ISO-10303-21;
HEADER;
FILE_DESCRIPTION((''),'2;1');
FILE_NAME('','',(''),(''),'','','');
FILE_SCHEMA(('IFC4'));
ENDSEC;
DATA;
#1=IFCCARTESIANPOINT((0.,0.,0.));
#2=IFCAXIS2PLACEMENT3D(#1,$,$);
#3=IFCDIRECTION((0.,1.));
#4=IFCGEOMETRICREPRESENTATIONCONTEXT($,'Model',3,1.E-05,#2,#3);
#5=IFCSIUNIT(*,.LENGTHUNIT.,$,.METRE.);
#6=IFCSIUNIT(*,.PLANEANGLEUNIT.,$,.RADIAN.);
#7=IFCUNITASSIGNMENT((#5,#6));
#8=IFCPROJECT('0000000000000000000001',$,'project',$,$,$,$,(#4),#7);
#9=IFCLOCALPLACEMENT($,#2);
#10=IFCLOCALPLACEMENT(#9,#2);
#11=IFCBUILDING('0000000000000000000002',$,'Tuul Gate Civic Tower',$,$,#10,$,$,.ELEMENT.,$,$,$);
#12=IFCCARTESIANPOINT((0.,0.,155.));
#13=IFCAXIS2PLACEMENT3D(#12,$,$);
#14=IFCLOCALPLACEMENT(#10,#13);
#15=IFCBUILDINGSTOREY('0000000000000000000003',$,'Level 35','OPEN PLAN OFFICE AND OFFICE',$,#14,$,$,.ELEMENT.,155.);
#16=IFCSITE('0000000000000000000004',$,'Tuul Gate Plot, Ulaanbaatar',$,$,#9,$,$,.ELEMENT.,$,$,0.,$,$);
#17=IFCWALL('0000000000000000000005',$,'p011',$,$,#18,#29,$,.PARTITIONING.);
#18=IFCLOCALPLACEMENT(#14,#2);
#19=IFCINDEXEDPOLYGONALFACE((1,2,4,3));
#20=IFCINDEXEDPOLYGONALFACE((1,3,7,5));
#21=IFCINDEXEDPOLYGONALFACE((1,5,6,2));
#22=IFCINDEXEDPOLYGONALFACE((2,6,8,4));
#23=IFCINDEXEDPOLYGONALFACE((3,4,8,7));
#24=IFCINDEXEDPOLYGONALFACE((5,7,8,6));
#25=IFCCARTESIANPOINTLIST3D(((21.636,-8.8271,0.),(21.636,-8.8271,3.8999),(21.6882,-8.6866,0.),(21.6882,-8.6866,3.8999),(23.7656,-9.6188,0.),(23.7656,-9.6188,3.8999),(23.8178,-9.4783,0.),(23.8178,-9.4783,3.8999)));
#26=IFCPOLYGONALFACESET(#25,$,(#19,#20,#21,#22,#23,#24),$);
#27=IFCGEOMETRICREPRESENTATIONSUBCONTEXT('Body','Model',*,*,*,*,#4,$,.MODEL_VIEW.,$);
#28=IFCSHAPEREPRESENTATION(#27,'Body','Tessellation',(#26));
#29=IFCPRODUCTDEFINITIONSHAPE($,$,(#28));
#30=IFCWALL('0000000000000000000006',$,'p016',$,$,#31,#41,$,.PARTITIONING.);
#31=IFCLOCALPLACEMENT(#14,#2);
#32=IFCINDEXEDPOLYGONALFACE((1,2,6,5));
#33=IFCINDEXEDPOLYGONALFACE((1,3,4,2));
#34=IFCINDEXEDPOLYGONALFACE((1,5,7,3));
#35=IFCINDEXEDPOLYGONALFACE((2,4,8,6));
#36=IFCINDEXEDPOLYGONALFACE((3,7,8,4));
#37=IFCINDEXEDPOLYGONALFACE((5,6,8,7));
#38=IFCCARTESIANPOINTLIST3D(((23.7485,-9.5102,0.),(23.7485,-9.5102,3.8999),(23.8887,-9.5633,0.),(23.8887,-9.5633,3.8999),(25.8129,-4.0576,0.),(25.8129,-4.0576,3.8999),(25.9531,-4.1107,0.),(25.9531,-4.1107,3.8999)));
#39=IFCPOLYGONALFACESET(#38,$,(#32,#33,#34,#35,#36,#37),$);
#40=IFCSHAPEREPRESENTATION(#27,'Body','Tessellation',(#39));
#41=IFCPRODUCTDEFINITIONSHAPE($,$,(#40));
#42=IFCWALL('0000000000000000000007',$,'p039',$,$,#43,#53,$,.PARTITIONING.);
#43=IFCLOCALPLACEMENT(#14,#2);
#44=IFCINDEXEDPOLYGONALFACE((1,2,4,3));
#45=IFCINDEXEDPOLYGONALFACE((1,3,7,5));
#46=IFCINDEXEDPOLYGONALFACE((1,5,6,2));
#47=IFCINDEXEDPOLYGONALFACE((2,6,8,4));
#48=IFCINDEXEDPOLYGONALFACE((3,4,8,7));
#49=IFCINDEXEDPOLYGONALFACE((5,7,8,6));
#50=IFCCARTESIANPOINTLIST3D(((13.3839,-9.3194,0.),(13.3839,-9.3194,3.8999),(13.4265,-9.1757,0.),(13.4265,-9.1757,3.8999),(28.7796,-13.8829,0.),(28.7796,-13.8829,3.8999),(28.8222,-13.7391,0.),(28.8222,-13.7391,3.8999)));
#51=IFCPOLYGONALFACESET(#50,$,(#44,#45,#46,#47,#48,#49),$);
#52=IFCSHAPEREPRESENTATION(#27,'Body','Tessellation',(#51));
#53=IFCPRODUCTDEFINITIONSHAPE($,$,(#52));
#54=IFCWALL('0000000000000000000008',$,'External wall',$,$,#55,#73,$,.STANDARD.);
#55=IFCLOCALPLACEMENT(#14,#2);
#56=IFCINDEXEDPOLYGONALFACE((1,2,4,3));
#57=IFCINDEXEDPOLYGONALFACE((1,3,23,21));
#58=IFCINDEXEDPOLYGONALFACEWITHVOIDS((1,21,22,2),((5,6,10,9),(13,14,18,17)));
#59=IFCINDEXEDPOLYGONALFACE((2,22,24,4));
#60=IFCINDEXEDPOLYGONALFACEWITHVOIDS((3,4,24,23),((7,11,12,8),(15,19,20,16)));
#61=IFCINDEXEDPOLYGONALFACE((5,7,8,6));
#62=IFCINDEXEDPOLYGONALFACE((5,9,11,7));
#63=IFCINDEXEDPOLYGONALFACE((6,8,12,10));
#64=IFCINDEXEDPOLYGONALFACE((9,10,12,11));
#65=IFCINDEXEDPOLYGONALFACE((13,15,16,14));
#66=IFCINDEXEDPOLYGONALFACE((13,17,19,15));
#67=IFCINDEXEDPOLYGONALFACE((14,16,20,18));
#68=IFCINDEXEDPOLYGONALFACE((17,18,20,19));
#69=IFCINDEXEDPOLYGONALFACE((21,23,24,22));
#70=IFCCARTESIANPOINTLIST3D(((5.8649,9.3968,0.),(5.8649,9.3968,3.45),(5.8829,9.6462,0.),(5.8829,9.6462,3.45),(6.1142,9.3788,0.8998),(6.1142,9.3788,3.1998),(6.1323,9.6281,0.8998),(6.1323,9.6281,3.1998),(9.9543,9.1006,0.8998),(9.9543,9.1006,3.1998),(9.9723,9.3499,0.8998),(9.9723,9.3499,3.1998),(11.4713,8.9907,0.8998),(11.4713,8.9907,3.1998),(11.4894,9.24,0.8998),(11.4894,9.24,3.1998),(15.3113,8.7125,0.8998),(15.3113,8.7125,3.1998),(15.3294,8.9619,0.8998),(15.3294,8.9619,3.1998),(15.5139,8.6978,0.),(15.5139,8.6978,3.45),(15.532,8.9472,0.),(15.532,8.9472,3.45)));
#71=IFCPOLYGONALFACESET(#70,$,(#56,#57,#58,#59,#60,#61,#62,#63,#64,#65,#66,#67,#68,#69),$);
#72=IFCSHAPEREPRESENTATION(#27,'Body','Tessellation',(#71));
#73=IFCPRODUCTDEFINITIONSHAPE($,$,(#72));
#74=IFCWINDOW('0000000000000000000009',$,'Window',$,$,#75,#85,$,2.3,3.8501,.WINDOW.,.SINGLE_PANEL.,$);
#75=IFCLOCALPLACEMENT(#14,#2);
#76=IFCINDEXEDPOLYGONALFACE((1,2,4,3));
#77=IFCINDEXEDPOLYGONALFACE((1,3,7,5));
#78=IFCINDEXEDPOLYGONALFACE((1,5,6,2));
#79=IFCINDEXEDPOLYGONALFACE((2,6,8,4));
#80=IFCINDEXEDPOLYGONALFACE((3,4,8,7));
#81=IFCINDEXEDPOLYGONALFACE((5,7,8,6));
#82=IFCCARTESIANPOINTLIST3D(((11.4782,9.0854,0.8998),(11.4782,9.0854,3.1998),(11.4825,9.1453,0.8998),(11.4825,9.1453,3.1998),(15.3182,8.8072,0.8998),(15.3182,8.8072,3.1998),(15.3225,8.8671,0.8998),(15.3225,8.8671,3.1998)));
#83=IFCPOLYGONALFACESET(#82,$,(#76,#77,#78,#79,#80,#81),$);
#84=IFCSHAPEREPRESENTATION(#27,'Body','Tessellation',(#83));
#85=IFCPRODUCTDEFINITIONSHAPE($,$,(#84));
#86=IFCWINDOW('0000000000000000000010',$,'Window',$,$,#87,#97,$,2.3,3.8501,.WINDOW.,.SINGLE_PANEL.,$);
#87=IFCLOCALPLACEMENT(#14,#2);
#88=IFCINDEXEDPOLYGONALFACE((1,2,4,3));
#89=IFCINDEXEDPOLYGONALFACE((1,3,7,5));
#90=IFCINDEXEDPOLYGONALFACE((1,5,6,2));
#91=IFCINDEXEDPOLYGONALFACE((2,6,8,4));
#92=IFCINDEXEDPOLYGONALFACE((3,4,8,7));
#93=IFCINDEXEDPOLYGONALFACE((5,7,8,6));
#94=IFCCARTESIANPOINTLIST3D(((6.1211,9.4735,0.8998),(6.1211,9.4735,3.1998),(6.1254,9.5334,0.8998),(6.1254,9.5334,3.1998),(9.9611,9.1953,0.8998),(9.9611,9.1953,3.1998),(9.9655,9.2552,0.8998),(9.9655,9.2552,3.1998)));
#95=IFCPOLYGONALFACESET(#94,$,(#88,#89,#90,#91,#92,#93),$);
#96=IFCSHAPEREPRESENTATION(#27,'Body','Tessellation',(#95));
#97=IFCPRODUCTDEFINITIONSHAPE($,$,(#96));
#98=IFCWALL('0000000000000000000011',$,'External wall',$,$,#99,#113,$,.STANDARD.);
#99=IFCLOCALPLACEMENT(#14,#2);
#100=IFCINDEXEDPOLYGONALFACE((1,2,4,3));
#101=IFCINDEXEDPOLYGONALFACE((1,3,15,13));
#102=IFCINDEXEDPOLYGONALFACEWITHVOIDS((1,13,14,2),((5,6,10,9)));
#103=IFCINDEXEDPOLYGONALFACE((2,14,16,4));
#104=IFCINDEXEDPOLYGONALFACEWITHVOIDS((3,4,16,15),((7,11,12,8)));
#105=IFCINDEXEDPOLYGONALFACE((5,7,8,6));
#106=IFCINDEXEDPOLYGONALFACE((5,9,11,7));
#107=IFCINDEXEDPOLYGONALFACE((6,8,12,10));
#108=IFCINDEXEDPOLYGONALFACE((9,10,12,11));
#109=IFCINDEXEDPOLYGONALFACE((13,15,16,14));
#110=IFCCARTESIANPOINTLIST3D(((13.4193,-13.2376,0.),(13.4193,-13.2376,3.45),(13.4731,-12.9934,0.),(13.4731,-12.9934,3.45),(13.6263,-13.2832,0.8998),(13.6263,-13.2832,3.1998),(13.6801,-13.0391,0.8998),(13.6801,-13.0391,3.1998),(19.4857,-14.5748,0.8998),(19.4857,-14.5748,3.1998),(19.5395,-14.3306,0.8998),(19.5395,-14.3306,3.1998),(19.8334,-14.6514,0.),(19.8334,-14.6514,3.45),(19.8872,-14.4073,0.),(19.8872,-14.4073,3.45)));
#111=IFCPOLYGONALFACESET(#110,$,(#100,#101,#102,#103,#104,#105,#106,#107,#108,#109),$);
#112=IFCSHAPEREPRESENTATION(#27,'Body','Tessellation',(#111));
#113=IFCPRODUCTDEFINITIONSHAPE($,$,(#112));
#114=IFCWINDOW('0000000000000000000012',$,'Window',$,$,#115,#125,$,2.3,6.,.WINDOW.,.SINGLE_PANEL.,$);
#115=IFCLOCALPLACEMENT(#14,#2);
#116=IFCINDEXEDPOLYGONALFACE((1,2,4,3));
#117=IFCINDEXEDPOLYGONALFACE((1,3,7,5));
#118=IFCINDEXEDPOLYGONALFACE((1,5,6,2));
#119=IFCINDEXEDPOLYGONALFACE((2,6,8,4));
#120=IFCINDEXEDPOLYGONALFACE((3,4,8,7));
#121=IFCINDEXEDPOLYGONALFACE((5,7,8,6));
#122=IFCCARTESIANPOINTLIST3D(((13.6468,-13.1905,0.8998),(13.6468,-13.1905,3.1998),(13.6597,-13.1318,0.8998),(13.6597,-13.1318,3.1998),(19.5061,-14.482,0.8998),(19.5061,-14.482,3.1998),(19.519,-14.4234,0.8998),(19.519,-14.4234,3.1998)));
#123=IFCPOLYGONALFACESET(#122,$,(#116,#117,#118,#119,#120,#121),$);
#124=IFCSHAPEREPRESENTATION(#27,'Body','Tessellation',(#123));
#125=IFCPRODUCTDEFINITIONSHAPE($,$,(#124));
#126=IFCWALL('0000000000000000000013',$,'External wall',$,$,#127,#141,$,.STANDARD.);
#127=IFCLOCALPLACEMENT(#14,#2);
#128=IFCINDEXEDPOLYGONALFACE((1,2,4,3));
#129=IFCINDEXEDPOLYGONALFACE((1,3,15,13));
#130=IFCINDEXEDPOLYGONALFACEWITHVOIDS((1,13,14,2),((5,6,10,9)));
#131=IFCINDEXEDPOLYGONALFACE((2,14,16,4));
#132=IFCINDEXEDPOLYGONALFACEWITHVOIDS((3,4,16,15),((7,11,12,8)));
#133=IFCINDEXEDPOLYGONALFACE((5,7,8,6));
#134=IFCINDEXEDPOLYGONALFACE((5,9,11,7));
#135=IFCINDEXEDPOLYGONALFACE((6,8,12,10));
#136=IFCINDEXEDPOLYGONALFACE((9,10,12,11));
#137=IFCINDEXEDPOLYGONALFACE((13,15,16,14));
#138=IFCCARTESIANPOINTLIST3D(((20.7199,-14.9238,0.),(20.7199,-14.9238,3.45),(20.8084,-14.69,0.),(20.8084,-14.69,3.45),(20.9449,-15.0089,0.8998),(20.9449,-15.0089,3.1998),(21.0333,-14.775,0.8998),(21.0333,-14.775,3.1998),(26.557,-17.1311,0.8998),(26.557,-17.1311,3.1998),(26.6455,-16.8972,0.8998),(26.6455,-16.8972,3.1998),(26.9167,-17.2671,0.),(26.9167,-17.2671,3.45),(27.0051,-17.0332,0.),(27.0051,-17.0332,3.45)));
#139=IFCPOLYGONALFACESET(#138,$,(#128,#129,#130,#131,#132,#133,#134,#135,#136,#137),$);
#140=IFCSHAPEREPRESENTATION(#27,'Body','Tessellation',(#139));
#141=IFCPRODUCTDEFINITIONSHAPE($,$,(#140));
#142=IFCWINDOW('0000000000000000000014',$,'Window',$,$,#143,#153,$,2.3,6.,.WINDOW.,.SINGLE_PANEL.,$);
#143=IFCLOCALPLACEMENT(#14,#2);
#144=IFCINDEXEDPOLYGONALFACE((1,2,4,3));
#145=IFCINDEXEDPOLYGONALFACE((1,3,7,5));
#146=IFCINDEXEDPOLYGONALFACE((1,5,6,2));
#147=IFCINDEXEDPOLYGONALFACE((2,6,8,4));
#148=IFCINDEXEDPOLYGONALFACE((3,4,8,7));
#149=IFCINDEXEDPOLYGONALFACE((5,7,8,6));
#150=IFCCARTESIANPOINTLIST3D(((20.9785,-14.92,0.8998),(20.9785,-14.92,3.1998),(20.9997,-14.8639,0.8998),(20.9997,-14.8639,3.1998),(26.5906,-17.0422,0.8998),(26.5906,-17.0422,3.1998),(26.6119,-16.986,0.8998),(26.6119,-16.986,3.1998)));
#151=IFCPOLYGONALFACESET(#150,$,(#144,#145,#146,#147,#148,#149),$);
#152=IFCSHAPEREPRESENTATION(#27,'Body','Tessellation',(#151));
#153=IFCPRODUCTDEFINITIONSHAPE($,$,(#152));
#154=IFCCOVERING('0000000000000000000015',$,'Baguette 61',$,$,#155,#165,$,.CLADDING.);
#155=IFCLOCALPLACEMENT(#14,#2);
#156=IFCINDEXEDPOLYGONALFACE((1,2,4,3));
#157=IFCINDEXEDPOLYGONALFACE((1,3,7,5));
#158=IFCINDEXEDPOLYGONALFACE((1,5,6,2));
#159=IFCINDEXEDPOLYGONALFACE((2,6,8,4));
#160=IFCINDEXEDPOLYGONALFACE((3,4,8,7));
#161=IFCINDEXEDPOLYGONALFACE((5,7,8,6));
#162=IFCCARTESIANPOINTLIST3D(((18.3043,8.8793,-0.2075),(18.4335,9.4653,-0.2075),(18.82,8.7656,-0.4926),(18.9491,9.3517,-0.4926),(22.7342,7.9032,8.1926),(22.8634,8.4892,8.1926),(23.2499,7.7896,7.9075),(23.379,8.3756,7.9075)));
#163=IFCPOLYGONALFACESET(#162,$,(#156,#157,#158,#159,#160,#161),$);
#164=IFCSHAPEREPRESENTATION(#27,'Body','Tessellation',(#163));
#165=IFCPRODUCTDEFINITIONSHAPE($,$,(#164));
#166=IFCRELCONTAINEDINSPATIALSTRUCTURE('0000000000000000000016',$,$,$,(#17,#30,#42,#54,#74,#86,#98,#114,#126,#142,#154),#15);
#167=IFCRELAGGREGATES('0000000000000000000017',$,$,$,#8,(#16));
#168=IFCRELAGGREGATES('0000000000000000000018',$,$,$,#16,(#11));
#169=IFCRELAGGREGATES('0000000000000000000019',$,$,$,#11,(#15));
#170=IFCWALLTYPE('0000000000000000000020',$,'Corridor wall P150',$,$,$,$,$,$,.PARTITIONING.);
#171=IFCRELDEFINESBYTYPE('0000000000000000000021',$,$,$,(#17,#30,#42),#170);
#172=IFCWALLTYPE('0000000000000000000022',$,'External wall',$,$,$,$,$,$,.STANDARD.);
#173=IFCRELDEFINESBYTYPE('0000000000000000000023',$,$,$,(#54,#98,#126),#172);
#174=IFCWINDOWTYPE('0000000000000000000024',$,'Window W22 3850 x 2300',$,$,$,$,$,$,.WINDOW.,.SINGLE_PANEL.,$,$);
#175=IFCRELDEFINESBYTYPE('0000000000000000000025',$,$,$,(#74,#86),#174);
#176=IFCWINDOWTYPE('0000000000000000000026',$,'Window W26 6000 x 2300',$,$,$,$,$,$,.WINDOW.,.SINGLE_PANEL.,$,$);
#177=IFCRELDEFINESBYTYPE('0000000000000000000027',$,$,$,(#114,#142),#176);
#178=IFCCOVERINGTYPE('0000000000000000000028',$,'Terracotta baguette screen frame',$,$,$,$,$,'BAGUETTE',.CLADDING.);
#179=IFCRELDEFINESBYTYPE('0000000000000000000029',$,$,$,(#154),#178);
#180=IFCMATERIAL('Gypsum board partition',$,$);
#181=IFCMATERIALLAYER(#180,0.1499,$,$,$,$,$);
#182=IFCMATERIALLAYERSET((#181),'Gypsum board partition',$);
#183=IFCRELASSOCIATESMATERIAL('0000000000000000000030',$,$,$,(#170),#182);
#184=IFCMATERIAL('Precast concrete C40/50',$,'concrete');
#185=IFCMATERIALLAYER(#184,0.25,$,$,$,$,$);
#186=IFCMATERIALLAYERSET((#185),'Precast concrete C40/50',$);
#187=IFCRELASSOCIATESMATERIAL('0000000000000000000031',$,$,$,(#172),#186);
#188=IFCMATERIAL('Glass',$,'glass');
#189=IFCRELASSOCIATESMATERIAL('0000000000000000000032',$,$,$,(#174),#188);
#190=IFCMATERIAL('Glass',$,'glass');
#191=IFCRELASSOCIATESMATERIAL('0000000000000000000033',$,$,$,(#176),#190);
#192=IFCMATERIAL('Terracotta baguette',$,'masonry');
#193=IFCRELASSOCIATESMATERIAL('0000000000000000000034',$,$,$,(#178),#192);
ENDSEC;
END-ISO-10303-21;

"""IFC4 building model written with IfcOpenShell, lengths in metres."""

from ifc_helpers import new_model, si_unit, direction, frame, frame_2d, origin, origin_2d, place, context, subcontext, project, spatial, rectangle, extrude, material, layer, layer_set, material_profile, profile_set, type_object, element, fill, save


model = new_model("IFC4")

# Units and contexts
model_context = context("Model", 3, precision=1e-05, world=origin(), true_north=direction((0.0, 1.0)))
body_context = subcontext(model_context, "Body", "Model", "MODEL_VIEW")
ifc_project = project(units=[si_unit("LENGTHUNIT", "METRE"), si_unit("PLANEANGLEUNIT", "RADIAN")], contexts=[model_context])

# Site, building, storey
site_placement = place(None, origin())
site = spatial("IfcSite", under=ifc_project, at=site_placement, Name="Tuul Gate Plot, Ulaanbaatar", CompositionType="ELEMENT", RefElevation=0.0)
building_placement = place(site_placement, origin())
building = spatial("IfcBuilding", under=site, at=building_placement, Name="Tuul Gate Civic Tower", CompositionType="ELEMENT")
storey_placement = place(building_placement, frame((0.0, 0.0, 155.0)))
storey = spatial("IfcBuildingStorey", under=building, at=storey_placement, Name="Level 35", Description="OPEN PLAN OFFICE AND OFFICE", CompositionType="ELEMENT", Elevation=155.0)

# Walls
ifc_material_1 = material(Name="Gypsum board partition")
ifc_layer_1 = layer(ifc_material_1, 0.1499)
ifc_layer_set_1 = layer_set([ifc_layer_1], Name="Gypsum board partition")
wall_type_1 = type_object("IfcWallType", Name="Corridor wall P150", PredefinedType="PARTITIONING", material=ifc_layer_set_1)
wall_1_placement = place(storey_placement, frame((21.6621, -8.7568, 0.0), z_axis=(0.0, 0.0, 1.0), x_axis=(0.937319, -0.348472, 0.0)))
element("IfcWall", 1, at=wall_1_placement, inside=storey, type_object=wall_type_1, Name="p011", PredefinedType="PARTITIONING", context=body_context, shape_type="SweptSolid", body=[
    extrude(rectangle(XDim=2.272, YDim=0.1499, at=frame_2d((1.136, 0.0))), origin(), (0.0, 0.0, 1.0), 3.8999),
])
wall_2_placement = place(storey_placement, frame((23.8186, -9.5366, 0.0), z_axis=(0.0, 0.0, 1.0), x_axis=(0.354086, 0.935213, 0.0)))
element("IfcWall", 2, at=wall_2_placement, inside=storey, type_object=wall_type_1, Name="p016", PredefinedType="PARTITIONING", context=body_context, shape_type="SweptSolid", body=[
    extrude(rectangle(XDim=5.8303, YDim=0.1499, at=frame_2d((2.915, 0.0))), origin(), (0.0, 0.0, 1.0), 3.8999),
])
wall_3_placement = place(storey_placement, frame((13.4053, -9.2476, 0.0), z_axis=(0.0, 0.0, 1.0), x_axis=(0.958768, -0.28419, 0.0)))
element("IfcWall", 3, at=wall_3_placement, inside=storey, type_object=wall_type_1, Name="p039", PredefinedType="PARTITIONING", context=body_context, shape_type="SweptSolid", body=[
    extrude(rectangle(XDim=16.0579, YDim=0.1499, at=frame_2d((8.0288, 0.0))), origin(), (0.0, 0.0, 1.0), 3.8999),
])

# Wall, openings, windows
ifc_material_2 = material(Name="Precast concrete C40/50", Category="concrete")
ifc_layer_2 = layer(ifc_material_2, 0.25)
ifc_layer_set_2 = layer_set([ifc_layer_2], Name="Precast concrete C40/50")
wall_type_2 = type_object("IfcWallType", Name="External wall", PredefinedType="STANDARD", material=ifc_layer_set_2)
wall_4_placement = place(storey_placement, frame((15.5229, 8.8225, 0.0), z_axis=(0.0, 0.0, 1.0), x_axis=(-0.997386, 0.072251, 0.0)))
wall_4 = element("IfcWall", 4, at=wall_4_placement, inside=storey, type_object=wall_type_2, Name="External wall", PredefinedType="STANDARD", context=body_context, shape_type="SweptSolid", body=[
    extrude(rectangle(XDim=9.6743, YDim=0.25, at=frame_2d((4.8372, 0.0))), origin(), (0.0, 0.0, 1.0), 3.45),
])
opening_1_placement = place(wall_4_placement, frame((0.2031, 0.0, 0.8999)))
opening_1 = element("IfcOpeningElement", 5, at=opening_1_placement, cuts=wall_4, PredefinedType="OPENING", context=body_context, shape_type="SweptSolid", body=[
    extrude(rectangle(XDim=3.8501, YDim=2.3, at=frame_2d((1.925, 1.1499))), frame((0.0, 0.135, 0.0), z_axis=(0.0, -1.0, 0.0), x_axis=(1.0, 0.0, 0.0)), (0.0, 0.0, 1.0), 0.27),
])
opening_2_placement = place(wall_4_placement, frame((5.5742, 0.0, 0.8999)))
opening_2 = element("IfcOpeningElement", 6, at=opening_2_placement, cuts=wall_4, PredefinedType="OPENING", context=body_context, shape_type="SweptSolid", body=[
    extrude(rectangle(XDim=3.8501, YDim=2.3, at=frame_2d((1.925, 1.1499))), frame((0.0, 0.135, 0.0), z_axis=(0.0, -1.0, 0.0), x_axis=(1.0, 0.0, 0.0)), (0.0, 0.0, 1.0), 0.27),
])
ifc_material_3 = material(Name="Glass", Category="glass")
window_type_1 = type_object("IfcWindowType", Name="Window W22 3850 x 2300", PartitioningType="SINGLE_PANEL", PredefinedType="WINDOW", material=ifc_material_3)
window_1_placement = place(opening_1_placement, origin())
window_1 = element("IfcWindow", 7, at=window_1_placement, inside=storey, type_object=window_type_1, Name="Window", OverallHeight=2.3, OverallWidth=3.8501, PartitioningType="SINGLE_PANEL", PredefinedType="WINDOW", context=body_context, shape_type="SweptSolid", body=[
    extrude(rectangle(XDim=3.8501, YDim=2.3, at=frame_2d((1.925, 1.1499))), frame((0.0, 0.03, 0.0), z_axis=(0.0, -1.0, 0.0), x_axis=(1.0, 0.0, 0.0)), (0.0, 0.0, 1.0), 0.0601),
])
fill(opening_1, window_1)
window_2_placement = place(opening_2_placement, origin())
window_2 = element("IfcWindow", 8, at=window_2_placement, inside=storey, type_object=window_type_1, Name="Window", OverallHeight=2.3, OverallWidth=3.8501, PartitioningType="SINGLE_PANEL", PredefinedType="WINDOW", context=body_context, shape_type="SweptSolid", body=[
    extrude(rectangle(XDim=3.8501, YDim=2.3, at=frame_2d((1.925, 1.1499))), frame((0.0, 0.03, 0.0), z_axis=(0.0, -1.0, 0.0), x_axis=(1.0, 0.0, 0.0)), (0.0, 0.0, 1.0), 0.0601),
])
fill(opening_2, window_2)

# Walls, openings, windows
wall_5_placement = place(storey_placement, frame((13.446, -13.1155, 0.0), z_axis=(0.0, 0.0, 1.0), x_axis=(0.976557, -0.215257, 0.0)))
wall_5 = element("IfcWall", 9, at=wall_5_placement, inside=storey, type_object=wall_type_2, Name="External wall", PredefinedType="STANDARD", context=body_context, shape_type="SweptSolid", body=[
    extrude(rectangle(XDim=6.5681, YDim=0.25, at=frame_2d((3.2842, 0.0))), origin(), (0.0, 0.0, 1.0), 3.45),
])
opening_3_placement = place(wall_5_placement, frame((0.2122, 0.0, 0.8999)))
opening_3 = element("IfcOpeningElement", 10, at=opening_3_placement, cuts=wall_5, PredefinedType="OPENING", context=body_context, shape_type="SweptSolid", body=[
    extrude(rectangle(XDim=6.0, YDim=2.3, at=frame_2d((3.0, 1.1499))), frame((0.0, 0.135, 0.0), z_axis=(0.0, -1.0, 0.0), x_axis=(1.0, 0.0, 0.0)), (0.0, 0.0, 1.0), 0.27),
])
ifc_material_4 = material(Name="Glass", Category="glass")
window_type_2 = type_object("IfcWindowType", Name="Window W26 6000 x 2300", PartitioningType="SINGLE_PANEL", PredefinedType="WINDOW", material=ifc_material_4)
window_3_placement = place(opening_3_placement, origin())
window_3 = element("IfcWindow", 11, at=window_3_placement, inside=storey, type_object=window_type_2, Name="Window", OverallHeight=2.3, OverallWidth=6.0, PartitioningType="SINGLE_PANEL", PredefinedType="WINDOW", context=body_context, shape_type="SweptSolid", body=[
    extrude(rectangle(XDim=6.0, YDim=2.3, at=frame_2d((3.0, 1.1499))), frame((0.0, 0.03, 0.0), z_axis=(0.0, -1.0, 0.0), x_axis=(1.0, 0.0, 0.0)), (0.0, 0.0, 1.0), 0.0601),
])
fill(opening_3, window_3)
wall_6_placement = place(storey_placement, frame((20.7642, -14.8069, 0.0), z_axis=(0.0, 0.0, 1.0), x_axis=(0.935359, -0.353699, 0.0)))
wall_6 = element("IfcWall", 12, at=wall_6_placement, inside=storey, type_object=wall_type_2, Name="External wall", PredefinedType="STANDARD", context=body_context, shape_type="SweptSolid", body=[
    extrude(rectangle(XDim=6.625, YDim=0.25, at=frame_2d((3.3125, 0.0))), origin(), (0.0, 0.0, 1.0), 3.45),
])
opening_4_placement = place(wall_6_placement, frame((0.2405, 0.0, 0.8999)))
opening_4 = element("IfcOpeningElement", 13, at=opening_4_placement, cuts=wall_6, PredefinedType="OPENING", context=body_context, shape_type="SweptSolid", body=[
    extrude(rectangle(XDim=6.0, YDim=2.3, at=frame_2d((3.0, 1.1499))), frame((0.0, 0.135, 0.0), z_axis=(0.0, -1.0, 0.0), x_axis=(1.0, 0.0, 0.0)), (0.0, 0.0, 1.0), 0.27),
])
window_4_placement = place(opening_4_placement, origin())
window_4 = element("IfcWindow", 14, at=window_4_placement, inside=storey, type_object=window_type_2, Name="Window", OverallHeight=2.3, OverallWidth=6.0, PartitioningType="SINGLE_PANEL", PredefinedType="WINDOW", context=body_context, shape_type="SweptSolid", body=[
    extrude(rectangle(XDim=6.0, YDim=2.3, at=frame_2d((3.0, 1.1499))), frame((0.0, 0.03, 0.0), z_axis=(0.0, -1.0, 0.0), x_axis=(1.0, 0.0, 0.0)), (0.0, 0.0, 1.0), 0.0601),
])
fill(opening_4, window_4)

# Covering
ifc_material_5 = material(Name="Terracotta baguette", Category="masonry")
ifc_material_profile_1 = material_profile(ifc_material_5, rectangle(XDim=0.6001, YDim=0.6001, at=origin_2d()), Name="Terracotta baguette screen frame")
ifc_profile_set_1 = profile_set([ifc_material_profile_1], Name="Terracotta baguette")
covering_type = type_object("IfcCoveringType", Name="Terracotta baguette screen frame", ElementType="BAGUETTE", PredefinedType="CLADDING", material=ifc_profile_set_1)
covering_1_placement = place(storey_placement, frame((23.0566, 8.1394, 8.05), z_axis=(-0.464028, 0.102242, -0.879901), x_axis=(-0.215175, -0.976576, 0.0)))
element("IfcCovering", 15, at=covering_1_placement, inside=storey, type_object=covering_type, Name="Baguette 61", PredefinedType="CLADDING", context=body_context, shape_type="SweptSolid", body=[
    extrude(rectangle(XDim=0.6001, YDim=0.6001, at=origin_2d()), origin(), (0.0, 0.0, 1.0), 9.5466),
])

save(model, "model.ifc")
